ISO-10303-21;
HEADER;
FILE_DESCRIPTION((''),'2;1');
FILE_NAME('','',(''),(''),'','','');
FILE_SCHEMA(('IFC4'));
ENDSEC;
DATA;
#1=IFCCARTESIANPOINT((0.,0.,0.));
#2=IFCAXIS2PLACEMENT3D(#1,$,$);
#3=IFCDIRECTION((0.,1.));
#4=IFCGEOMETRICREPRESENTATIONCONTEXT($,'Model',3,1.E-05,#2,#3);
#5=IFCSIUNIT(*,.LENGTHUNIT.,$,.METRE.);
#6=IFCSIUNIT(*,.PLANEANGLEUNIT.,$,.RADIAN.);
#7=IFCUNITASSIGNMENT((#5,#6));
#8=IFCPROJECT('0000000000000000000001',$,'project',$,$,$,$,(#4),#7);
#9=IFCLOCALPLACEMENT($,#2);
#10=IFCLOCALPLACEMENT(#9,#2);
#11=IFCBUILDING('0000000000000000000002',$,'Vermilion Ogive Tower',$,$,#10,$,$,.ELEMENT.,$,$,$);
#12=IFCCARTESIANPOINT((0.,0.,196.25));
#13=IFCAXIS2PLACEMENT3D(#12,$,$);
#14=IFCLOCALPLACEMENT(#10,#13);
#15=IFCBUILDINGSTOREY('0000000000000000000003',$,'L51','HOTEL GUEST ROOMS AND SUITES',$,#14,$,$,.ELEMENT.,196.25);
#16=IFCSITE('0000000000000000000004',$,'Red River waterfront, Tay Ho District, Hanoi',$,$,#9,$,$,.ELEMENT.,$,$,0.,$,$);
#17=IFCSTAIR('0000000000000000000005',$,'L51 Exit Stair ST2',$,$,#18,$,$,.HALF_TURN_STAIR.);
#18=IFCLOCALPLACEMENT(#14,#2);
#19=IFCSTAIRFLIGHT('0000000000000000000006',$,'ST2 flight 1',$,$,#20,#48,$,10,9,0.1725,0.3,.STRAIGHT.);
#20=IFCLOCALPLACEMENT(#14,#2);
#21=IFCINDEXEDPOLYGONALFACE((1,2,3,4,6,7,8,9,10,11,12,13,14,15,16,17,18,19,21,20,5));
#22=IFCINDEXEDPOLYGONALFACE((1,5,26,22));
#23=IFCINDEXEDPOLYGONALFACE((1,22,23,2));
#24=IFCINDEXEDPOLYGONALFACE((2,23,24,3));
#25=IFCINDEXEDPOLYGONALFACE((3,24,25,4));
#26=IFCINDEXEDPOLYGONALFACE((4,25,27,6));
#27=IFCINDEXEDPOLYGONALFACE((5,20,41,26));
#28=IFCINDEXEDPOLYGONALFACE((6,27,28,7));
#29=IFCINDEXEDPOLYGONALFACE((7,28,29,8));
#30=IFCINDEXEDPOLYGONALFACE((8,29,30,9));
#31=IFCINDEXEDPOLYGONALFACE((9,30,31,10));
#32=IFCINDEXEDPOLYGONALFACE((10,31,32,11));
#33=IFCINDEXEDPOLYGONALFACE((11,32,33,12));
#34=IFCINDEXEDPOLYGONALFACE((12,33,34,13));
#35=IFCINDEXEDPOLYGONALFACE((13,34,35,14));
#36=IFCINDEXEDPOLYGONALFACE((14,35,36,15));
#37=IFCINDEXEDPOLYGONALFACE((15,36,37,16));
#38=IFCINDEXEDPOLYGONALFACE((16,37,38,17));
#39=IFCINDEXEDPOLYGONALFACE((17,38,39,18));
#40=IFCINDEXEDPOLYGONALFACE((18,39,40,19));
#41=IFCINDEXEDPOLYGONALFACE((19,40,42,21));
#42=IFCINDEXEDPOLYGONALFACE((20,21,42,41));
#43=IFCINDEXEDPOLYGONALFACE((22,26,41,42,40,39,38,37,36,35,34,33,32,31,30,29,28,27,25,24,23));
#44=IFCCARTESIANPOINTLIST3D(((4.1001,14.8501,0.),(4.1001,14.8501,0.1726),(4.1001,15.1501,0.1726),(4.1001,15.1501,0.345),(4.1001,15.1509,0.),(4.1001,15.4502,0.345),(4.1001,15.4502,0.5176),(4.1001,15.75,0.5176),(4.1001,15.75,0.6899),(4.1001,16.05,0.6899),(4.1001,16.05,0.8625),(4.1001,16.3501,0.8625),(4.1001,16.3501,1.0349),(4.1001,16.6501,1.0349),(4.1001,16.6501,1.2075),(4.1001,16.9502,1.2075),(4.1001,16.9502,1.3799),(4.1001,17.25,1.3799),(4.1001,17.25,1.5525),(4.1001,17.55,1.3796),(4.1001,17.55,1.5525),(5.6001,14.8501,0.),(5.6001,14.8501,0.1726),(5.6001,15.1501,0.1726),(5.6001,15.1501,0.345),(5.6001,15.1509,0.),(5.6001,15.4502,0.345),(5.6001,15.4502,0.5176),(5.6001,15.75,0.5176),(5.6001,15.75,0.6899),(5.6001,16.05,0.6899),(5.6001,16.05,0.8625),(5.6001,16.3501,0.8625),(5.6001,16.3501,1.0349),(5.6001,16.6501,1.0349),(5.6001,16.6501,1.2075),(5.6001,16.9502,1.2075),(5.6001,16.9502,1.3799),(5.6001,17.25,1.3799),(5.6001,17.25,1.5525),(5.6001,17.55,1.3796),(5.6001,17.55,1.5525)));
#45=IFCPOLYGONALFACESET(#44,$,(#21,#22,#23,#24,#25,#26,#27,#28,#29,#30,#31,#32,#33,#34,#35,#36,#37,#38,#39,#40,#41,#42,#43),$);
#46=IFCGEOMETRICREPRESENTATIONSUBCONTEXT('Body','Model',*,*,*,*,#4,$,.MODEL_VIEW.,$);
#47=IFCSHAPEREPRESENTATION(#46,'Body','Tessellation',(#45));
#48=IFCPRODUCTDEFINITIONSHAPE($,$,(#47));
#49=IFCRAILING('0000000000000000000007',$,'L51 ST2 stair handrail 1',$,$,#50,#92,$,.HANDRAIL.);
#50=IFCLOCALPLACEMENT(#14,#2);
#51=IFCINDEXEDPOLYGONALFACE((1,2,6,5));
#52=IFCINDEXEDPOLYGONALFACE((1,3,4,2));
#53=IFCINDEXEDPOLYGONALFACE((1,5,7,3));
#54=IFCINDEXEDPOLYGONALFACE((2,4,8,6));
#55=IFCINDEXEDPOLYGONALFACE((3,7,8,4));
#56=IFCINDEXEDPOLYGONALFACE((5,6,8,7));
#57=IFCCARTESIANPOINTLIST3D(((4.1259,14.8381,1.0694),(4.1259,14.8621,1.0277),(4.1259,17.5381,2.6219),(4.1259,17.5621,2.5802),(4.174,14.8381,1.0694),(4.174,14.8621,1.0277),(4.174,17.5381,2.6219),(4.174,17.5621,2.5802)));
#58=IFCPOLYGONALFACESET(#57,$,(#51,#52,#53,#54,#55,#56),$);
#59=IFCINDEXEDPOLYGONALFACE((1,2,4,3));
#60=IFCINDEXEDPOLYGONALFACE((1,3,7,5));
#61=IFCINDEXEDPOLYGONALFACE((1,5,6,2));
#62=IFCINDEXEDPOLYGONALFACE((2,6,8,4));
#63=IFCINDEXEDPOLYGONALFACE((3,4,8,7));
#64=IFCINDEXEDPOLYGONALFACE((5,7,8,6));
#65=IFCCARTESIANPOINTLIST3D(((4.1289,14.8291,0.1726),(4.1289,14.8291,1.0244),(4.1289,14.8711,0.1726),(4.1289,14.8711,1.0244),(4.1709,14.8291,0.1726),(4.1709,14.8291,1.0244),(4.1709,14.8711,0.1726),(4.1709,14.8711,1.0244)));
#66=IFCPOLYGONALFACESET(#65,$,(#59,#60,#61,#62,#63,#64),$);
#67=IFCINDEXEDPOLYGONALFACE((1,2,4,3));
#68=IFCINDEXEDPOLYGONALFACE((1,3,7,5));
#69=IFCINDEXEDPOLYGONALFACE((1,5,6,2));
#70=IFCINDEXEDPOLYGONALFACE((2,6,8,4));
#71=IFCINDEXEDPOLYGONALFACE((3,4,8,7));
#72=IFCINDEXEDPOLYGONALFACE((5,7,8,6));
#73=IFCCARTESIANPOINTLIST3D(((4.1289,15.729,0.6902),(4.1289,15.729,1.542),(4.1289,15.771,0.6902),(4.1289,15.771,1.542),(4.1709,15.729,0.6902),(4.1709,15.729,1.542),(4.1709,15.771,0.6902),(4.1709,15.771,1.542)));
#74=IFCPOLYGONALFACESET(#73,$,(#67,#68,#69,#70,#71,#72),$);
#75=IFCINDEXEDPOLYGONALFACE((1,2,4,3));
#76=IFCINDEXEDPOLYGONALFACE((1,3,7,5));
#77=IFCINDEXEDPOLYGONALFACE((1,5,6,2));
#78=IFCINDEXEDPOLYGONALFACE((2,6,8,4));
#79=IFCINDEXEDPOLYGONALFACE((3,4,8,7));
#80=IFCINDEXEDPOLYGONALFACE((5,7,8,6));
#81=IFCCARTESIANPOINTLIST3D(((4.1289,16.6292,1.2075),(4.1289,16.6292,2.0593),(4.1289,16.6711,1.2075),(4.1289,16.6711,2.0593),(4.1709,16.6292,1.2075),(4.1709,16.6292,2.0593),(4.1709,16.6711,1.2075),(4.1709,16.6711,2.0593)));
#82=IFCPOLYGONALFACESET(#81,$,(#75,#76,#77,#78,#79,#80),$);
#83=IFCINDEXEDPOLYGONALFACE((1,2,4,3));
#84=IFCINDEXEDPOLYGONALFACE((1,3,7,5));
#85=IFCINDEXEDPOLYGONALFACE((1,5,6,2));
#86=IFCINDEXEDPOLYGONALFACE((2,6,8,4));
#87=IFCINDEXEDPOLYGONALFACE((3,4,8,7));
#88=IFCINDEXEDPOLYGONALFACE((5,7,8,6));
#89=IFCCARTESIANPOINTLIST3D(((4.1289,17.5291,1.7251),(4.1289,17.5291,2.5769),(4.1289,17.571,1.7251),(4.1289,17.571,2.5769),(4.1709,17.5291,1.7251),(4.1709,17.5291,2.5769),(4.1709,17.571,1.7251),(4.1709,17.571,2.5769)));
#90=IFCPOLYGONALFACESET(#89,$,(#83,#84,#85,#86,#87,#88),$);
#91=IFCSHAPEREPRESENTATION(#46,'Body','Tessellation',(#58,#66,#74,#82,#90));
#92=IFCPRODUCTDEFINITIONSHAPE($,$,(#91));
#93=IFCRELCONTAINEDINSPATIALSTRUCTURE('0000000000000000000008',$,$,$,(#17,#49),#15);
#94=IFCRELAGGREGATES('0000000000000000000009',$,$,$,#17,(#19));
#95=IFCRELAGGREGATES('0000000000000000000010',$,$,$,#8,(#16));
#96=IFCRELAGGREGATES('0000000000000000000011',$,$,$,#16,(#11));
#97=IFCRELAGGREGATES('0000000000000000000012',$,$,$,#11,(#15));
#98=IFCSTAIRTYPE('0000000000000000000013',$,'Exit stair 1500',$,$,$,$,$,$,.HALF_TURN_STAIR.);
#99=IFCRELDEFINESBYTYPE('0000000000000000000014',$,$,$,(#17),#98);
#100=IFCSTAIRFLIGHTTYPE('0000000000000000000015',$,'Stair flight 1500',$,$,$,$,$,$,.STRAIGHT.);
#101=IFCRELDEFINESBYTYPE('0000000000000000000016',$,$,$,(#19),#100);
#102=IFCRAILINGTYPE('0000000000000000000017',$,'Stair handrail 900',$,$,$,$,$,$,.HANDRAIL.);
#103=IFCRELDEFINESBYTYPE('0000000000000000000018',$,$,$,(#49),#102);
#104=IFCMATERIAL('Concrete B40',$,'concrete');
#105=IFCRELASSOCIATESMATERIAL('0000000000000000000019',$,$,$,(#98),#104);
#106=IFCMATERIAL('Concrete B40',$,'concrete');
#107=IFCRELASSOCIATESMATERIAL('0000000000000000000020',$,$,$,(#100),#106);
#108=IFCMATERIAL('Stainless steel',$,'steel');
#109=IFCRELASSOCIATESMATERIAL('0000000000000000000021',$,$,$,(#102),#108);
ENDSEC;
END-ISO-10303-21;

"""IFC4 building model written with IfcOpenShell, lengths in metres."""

from ifc_helpers import new_model, si_unit, direction, frame, origin, origin_2d, place, context, subcontext, project, spatial, polyline, rectangle, outline, extrude, material, type_object, element, aggregate, save


model = new_model("IFC4")

# Units and contexts
model_context = context("Model", 3, precision=1e-05, world=origin(), true_north=direction((0.0, 1.0)))
body_context = subcontext(model_context, "Body", "Model", "MODEL_VIEW")
ifc_project = project(units=[si_unit("LENGTHUNIT", "METRE"), si_unit("PLANEANGLEUNIT", "RADIAN")], contexts=[model_context])

# Site, building, storey
site_placement = place(None, origin())
site = spatial("IfcSite", under=ifc_project, at=site_placement, Name="Red River waterfront, Tay Ho District, Hanoi", CompositionType="ELEMENT", RefElevation=0.0)
building_placement = place(site_placement, origin())
building = spatial("IfcBuilding", under=site, at=building_placement, Name="Vermilion Ogive Tower", CompositionType="ELEMENT")
storey_placement = place(building_placement, frame((0.0, 0.0, 196.25)))
storey = spatial("IfcBuildingStorey", under=building, at=storey_placement, Name="L51", Description="HOTEL GUEST ROOMS AND SUITES", CompositionType="ELEMENT", Elevation=196.25)

# Stair, stair flight
ifc_material_1 = material(Name="Concrete B40", Category="concrete")
stair_type = type_object("IfcStairType", Name="Exit stair 1500", PredefinedType="HALF_TURN_STAIR", material=ifc_material_1)
stair_placement = place(storey_placement, origin())
stair = element("IfcStair", 1, at=stair_placement, inside=storey, type_object=stair_type, Name="L51 Exit Stair ST2", PredefinedType="HALF_TURN_STAIR")
ifc_material_2 = material(Name="Concrete B40", Category="concrete")
stair_flight_type = type_object("IfcStairFlightType", Name="Stair flight 1500", PredefinedType="STRAIGHT", material=ifc_material_2)
stair_flight_placement = place(storey_placement, frame((4.8501, 14.8501, 0.0), z_axis=(0.0, 0.0, 1.0), x_axis=(0.0, 1.0, 0.0)))
stair_flight = element("IfcStairFlight", 2, at=stair_flight_placement, type_object=stair_flight_type, Name="ST2 flight 1", NumberOfRisers=10, NumberOfTreads=9, PredefinedType="STRAIGHT", RiserHeight=0.1725, TreadLength=0.3, context=body_context, shape_type="SweptSolid", body=[
    extrude(outline(polyline([(0.0, 0.0), (0.0, 0.1726), (0.3, 0.1726), (0.3, 0.345), (0.6001, 0.345), (0.6001, 0.5176), (0.8999, 0.5176), (0.8999, 0.6899), (1.2, 0.6899), (1.2, 0.8625), (1.5, 0.8625), (1.5, 1.0349), (1.8, 1.0349), (1.8, 1.2075), (2.1001, 1.2075), (2.1001, 1.3799), (2.3999, 1.3799), (2.3999, 1.5525), (2.7, 1.5525), (2.7, 1.7251), (2.7, 1.3796), (0.3008, 0.0), (0.0, 0.0)])), frame((0.0, 0.75, 0.0), z_axis=(0.0, -1.0, 0.0), x_axis=(1.0, 0.0, 0.0)), (0.0, 0.0, 1.0), 1.5),
])
aggregate(stair, [stair_flight])

# Railing
ifc_material_3 = material(Name="Stainless steel", Category="steel")
railing_type = type_object("IfcRailingType", Name="Stair handrail 900", PredefinedType="HANDRAIL", material=ifc_material_3)
railing_placement = place(storey_placement, frame((4.1499, 14.8501, 0.1726)))
element("IfcRailing", 3, at=railing_placement, inside=storey, type_object=railing_type, Name="L51 ST2 stair handrail 1", PredefinedType="HANDRAIL", context=body_context, shape_type="SweptSolid", body=[
    extrude(rectangle(XDim=0.0481, YDim=0.0481, at=origin_2d()), frame((0.0, 0.0, 0.876), z_axis=(0.0, 0.866904, 0.498476), x_axis=(-1.0, 0.0, 0.0)), (0.0, 0.0, 1.0), 3.1145),
    extrude(rectangle(XDim=0.042, YDim=0.042, at=origin_2d()), origin(), (0.0, 0.0, 1.0), 0.8518),
    extrude(rectangle(XDim=0.042, YDim=0.042, at=origin_2d()), frame((0.0, 0.8999, 0.5176)), (0.0, 0.0, 1.0), 0.8518),
    extrude(rectangle(XDim=0.042, YDim=0.042, at=origin_2d()), frame((0.0, 1.8, 1.0349)), (0.0, 0.0, 1.0), 0.8518),
    extrude(rectangle(XDim=0.042, YDim=0.042, at=origin_2d()), frame((0.0, 2.7, 1.5525)), (0.0, 0.0, 1.0), 0.8518),
])

save(model, "model.ifc")
